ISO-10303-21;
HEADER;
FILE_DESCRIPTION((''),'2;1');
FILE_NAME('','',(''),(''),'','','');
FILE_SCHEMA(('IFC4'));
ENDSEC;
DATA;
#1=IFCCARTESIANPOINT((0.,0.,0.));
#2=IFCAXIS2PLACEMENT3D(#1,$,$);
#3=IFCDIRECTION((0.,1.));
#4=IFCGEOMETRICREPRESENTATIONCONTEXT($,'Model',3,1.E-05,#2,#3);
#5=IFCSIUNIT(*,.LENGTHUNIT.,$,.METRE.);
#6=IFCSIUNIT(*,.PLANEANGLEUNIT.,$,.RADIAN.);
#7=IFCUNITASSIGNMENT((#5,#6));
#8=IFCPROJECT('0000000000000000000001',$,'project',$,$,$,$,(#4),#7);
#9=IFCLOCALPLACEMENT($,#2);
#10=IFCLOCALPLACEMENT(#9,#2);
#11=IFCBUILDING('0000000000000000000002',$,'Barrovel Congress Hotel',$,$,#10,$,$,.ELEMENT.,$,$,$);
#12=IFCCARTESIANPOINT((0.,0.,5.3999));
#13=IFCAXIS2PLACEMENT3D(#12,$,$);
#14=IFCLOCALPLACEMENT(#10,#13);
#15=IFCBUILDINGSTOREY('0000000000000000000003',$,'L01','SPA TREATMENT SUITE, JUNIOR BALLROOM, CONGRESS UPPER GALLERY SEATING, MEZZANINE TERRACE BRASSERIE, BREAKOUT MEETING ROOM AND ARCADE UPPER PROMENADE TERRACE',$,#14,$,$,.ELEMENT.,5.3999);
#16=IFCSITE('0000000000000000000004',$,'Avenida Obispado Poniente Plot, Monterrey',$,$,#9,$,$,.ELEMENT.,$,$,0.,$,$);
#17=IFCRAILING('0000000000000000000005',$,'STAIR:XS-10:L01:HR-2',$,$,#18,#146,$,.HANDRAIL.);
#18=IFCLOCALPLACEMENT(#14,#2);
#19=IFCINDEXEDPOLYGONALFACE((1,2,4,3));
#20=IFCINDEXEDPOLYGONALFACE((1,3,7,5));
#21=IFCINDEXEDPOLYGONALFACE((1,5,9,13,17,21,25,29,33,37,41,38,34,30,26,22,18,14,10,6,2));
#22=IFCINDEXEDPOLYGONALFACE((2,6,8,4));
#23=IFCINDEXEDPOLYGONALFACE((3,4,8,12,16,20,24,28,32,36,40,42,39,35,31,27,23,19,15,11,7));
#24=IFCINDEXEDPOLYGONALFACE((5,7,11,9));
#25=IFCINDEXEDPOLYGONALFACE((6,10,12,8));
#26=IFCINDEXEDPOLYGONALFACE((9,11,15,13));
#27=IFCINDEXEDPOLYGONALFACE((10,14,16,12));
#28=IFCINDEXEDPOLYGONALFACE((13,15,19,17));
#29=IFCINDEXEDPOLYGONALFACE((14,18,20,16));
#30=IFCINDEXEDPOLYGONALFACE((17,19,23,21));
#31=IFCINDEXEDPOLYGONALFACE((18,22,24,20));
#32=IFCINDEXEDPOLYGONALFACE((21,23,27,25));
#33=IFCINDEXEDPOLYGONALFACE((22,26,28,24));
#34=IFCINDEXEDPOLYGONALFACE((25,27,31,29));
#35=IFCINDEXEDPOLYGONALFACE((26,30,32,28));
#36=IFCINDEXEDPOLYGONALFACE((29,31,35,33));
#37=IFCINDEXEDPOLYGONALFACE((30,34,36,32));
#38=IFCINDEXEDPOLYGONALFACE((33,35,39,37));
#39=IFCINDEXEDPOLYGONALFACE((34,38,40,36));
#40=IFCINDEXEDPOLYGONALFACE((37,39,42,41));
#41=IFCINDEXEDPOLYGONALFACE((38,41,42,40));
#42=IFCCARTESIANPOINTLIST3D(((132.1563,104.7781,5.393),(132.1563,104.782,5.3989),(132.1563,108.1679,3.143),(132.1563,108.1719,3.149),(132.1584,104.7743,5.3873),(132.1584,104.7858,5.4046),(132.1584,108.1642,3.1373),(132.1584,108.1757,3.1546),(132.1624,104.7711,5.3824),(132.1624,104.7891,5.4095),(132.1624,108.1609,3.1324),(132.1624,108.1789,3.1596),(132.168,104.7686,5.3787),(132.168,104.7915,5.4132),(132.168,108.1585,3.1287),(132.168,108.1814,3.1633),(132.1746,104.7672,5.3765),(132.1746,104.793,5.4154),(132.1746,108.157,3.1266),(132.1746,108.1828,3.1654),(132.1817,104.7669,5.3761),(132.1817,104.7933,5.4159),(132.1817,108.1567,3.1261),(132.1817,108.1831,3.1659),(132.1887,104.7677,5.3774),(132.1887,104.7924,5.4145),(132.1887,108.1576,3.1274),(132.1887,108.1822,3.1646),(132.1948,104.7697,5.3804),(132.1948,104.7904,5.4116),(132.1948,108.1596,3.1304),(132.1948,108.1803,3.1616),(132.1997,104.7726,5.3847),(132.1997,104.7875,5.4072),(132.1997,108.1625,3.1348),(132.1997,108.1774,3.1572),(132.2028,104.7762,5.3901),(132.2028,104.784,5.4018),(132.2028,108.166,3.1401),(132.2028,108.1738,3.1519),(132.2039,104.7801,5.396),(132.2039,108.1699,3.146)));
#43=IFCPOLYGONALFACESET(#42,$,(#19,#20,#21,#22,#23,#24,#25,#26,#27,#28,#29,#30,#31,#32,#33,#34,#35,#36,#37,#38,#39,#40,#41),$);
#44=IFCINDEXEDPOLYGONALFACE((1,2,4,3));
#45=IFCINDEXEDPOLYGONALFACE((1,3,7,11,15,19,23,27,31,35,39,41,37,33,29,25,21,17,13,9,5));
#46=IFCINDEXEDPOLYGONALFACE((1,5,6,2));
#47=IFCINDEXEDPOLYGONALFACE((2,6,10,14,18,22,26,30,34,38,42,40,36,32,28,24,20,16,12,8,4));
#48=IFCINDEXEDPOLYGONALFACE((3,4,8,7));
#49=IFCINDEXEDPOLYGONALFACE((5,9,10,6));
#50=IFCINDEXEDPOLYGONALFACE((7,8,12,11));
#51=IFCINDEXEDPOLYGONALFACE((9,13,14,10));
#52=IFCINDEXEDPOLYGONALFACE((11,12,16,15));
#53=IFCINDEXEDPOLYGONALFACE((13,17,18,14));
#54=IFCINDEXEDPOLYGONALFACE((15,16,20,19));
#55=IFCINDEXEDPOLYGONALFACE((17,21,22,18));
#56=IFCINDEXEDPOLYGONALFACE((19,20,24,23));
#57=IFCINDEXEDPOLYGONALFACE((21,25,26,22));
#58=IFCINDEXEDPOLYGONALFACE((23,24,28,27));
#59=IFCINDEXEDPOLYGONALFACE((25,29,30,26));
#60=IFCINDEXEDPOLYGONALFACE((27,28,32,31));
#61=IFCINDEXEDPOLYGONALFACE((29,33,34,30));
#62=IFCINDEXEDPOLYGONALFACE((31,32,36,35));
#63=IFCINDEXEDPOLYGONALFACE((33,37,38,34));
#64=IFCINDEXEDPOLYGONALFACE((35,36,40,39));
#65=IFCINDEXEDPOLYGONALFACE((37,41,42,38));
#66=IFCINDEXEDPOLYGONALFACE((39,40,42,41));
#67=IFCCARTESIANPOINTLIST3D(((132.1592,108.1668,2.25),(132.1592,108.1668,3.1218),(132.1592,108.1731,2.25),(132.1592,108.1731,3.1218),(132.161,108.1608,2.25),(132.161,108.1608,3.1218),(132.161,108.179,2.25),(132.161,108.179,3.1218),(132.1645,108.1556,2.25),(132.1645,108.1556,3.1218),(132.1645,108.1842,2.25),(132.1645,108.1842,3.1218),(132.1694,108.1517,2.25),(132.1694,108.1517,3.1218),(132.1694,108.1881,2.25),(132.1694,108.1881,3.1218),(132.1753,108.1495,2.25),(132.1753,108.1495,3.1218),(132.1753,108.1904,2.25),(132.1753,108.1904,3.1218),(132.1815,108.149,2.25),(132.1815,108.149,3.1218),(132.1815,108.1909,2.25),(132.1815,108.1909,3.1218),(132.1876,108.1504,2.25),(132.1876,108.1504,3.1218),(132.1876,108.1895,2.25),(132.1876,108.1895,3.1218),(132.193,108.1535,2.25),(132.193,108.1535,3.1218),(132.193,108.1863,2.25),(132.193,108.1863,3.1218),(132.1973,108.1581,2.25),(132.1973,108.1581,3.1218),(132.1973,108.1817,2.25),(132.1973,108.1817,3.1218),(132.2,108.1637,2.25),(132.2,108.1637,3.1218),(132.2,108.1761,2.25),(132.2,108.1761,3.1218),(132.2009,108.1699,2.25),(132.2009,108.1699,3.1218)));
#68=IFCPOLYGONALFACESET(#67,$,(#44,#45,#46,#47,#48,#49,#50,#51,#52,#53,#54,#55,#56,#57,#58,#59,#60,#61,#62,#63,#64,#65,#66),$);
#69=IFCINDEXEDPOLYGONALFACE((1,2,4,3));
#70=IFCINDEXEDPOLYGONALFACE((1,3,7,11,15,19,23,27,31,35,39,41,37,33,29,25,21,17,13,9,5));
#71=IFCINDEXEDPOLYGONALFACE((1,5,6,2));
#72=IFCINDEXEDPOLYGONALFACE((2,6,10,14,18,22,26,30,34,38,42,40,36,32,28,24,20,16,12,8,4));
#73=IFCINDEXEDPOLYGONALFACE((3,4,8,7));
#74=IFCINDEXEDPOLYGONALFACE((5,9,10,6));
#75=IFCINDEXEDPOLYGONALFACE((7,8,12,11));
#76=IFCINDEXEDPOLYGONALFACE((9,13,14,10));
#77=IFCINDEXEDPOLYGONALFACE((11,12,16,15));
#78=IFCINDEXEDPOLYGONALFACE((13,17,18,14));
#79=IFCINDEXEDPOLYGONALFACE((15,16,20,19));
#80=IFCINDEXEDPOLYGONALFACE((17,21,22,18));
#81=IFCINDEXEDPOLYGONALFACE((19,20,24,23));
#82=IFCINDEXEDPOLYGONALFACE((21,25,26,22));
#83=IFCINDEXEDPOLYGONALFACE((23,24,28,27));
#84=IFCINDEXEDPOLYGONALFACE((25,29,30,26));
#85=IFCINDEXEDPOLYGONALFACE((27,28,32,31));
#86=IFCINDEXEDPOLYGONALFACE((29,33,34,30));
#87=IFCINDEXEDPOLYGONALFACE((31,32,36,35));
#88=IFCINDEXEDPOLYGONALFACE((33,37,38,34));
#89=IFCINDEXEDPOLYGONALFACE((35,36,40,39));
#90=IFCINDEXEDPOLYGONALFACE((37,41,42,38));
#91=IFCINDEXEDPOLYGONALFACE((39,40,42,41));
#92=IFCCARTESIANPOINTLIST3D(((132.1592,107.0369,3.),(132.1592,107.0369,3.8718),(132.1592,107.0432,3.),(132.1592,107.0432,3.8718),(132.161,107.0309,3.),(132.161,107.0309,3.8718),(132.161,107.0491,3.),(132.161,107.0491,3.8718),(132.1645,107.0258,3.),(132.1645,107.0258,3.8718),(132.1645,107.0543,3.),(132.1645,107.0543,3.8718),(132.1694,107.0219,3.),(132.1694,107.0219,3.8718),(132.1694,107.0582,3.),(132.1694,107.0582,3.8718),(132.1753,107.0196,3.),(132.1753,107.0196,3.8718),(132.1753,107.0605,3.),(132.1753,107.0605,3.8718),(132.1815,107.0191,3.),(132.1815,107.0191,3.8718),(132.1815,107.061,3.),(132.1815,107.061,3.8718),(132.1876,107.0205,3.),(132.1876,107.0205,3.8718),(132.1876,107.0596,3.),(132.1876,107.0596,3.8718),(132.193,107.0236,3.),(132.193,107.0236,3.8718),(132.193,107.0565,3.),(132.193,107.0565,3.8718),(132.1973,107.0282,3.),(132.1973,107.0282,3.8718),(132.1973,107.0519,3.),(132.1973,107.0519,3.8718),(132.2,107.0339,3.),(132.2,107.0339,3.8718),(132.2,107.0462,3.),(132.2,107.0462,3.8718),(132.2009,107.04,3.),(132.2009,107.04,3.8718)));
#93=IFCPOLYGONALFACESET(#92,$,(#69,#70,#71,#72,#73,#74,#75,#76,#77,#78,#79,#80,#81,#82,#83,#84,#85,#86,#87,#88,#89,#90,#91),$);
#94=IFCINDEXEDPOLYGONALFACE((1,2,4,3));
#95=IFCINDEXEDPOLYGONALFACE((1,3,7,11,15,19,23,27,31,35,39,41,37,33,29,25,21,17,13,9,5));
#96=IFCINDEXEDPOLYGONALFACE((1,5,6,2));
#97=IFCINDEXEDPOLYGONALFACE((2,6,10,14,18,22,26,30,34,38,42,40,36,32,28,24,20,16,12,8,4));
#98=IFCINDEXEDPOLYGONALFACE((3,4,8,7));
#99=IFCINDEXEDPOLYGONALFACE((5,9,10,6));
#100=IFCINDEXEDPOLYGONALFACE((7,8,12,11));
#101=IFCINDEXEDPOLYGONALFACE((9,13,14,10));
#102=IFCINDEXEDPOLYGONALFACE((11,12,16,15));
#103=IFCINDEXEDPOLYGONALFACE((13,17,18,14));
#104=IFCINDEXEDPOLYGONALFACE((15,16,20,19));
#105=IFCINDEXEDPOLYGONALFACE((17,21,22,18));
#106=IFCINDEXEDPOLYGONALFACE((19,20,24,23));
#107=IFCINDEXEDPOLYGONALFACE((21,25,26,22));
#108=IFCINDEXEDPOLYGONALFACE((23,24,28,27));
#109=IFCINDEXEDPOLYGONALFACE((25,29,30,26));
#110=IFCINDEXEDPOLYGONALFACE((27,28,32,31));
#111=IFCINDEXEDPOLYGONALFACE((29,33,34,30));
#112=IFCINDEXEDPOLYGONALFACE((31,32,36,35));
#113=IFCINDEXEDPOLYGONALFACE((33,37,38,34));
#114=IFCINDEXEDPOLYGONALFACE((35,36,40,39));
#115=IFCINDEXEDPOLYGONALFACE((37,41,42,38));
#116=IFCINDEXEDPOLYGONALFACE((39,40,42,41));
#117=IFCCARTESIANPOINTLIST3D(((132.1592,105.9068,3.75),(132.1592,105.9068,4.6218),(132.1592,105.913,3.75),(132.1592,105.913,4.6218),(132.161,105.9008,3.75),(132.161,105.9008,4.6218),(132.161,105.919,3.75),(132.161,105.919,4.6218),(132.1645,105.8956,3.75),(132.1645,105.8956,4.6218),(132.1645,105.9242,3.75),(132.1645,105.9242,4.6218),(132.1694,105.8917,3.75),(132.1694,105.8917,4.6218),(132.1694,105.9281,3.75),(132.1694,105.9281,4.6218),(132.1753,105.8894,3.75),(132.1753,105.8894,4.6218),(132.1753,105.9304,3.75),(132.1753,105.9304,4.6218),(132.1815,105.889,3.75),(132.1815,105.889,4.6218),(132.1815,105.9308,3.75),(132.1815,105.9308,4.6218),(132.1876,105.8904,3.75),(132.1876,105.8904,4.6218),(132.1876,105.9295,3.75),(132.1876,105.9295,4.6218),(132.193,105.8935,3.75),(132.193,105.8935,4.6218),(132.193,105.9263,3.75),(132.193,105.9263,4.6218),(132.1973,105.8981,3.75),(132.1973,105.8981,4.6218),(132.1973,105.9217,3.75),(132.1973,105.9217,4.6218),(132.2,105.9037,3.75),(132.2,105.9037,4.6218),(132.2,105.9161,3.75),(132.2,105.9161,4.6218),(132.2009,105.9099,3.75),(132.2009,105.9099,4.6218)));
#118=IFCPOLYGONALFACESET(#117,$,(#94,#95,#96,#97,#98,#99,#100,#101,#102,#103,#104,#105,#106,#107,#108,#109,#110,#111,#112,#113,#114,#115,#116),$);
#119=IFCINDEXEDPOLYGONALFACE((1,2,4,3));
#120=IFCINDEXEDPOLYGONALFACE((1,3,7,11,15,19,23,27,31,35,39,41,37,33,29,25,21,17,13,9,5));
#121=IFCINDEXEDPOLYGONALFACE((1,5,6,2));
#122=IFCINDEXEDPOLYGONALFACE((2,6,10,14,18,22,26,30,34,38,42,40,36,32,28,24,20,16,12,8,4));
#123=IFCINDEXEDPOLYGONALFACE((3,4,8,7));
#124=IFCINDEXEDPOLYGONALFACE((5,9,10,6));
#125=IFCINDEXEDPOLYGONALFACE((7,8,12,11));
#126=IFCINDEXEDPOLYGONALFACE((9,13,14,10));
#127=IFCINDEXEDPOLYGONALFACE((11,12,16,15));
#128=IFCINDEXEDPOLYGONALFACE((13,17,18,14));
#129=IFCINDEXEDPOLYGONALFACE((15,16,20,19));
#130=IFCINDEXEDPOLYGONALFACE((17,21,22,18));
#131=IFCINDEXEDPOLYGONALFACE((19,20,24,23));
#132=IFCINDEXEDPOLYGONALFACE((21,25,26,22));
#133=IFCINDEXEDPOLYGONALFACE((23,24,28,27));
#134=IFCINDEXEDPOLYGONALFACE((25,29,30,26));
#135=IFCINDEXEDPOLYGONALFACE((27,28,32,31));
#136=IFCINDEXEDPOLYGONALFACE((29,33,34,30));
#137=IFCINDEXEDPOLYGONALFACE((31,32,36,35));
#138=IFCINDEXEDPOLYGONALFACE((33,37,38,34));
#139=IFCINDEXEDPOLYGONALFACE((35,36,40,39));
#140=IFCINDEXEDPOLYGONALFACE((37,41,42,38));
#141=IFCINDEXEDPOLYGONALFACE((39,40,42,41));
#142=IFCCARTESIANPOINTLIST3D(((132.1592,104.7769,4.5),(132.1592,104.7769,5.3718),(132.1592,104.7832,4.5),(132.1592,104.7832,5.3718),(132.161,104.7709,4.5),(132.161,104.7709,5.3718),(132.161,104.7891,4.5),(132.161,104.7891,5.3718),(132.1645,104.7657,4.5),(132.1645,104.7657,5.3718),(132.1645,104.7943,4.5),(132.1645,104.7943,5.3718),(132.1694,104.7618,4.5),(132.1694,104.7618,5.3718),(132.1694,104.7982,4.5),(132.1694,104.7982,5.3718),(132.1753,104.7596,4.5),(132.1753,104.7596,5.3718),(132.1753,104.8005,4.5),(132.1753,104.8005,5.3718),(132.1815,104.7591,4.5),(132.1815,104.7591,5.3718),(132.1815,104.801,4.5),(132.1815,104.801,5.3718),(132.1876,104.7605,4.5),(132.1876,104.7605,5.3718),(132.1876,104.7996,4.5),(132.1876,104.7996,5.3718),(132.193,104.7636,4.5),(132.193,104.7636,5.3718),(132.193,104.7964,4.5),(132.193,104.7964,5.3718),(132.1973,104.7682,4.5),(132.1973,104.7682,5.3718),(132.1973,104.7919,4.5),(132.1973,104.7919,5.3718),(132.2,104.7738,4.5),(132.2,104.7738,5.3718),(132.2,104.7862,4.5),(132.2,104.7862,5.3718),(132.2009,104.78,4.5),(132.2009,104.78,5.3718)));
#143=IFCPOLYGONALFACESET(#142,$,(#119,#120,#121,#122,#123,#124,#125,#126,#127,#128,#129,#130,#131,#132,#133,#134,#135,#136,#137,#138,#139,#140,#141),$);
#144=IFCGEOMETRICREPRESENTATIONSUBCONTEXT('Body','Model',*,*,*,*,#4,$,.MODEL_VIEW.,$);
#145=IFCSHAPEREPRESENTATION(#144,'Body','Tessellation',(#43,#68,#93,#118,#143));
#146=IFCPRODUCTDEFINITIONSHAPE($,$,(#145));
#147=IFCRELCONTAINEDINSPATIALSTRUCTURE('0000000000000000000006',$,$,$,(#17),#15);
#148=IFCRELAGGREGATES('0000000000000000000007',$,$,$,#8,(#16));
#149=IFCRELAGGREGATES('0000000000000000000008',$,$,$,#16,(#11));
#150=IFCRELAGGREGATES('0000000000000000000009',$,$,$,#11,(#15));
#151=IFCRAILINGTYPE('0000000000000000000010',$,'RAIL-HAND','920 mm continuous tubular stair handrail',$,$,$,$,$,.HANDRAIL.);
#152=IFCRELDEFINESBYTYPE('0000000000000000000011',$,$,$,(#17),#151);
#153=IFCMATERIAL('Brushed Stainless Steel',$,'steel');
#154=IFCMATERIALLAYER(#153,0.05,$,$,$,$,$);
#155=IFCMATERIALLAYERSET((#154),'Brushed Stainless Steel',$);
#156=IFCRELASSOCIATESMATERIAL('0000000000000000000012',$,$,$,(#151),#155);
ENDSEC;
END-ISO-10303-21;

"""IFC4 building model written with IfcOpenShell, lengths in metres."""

from ifc_helpers import new_model, si_unit, direction, frame, origin, origin_2d, place, context, subcontext, project, spatial, circle, extrude, material, layer, layer_set, type_object, element, save


model = new_model("IFC4")

# Units and contexts
model_context = context("Model", 3, precision=1e-05, world=origin(), true_north=direction((0.0, 1.0)))
body_context = subcontext(model_context, "Body", "Model", "MODEL_VIEW")
ifc_project = project(units=[si_unit("LENGTHUNIT", "METRE"), si_unit("PLANEANGLEUNIT", "RADIAN")], contexts=[model_context])

# Site, building, storey
site_placement = place(None, origin())
site = spatial("IfcSite", under=ifc_project, at=site_placement, Name="Avenida Obispado Poniente Plot, Monterrey", CompositionType="ELEMENT", RefElevation=0.0)
building_placement = place(site_placement, origin())
building = spatial("IfcBuilding", under=site, at=building_placement, Name="Barrovel Congress Hotel", CompositionType="ELEMENT")
storey_placement = place(building_placement, frame((0.0, 0.0, 5.3999)))
storey = spatial("IfcBuildingStorey", under=building, at=storey_placement, Name="L01", Description="SPA TREATMENT SUITE, JUNIOR BALLROOM, CONGRESS UPPER GALLERY SEATING, MEZZANINE TERRACE BRASSERIE, BREAKOUT MEETING ROOM AND ARCADE UPPER PROMENADE TERRACE", CompositionType="ELEMENT", Elevation=5.3999)

# Railing
ifc_material_1 = material(Name="Brushed Stainless Steel", Category="steel")
ifc_layer_1 = layer(ifc_material_1, 0.05)
ifc_layer_set_1 = layer_set([ifc_layer_1], Name="Brushed Stainless Steel")
railing_type = type_object("IfcRailingType", Name="RAIL-HAND", Description="920 mm continuous tubular stair handrail", PredefinedType="HANDRAIL", material=ifc_layer_set_1)
railing_placement = place(storey_placement, frame((132.1799, 108.1699, 2.25)))
element("IfcRailing", 1, at=railing_placement, inside=storey, type_object=railing_type, Name="STAIR:XS-10:L01:HR-2", PredefinedType="HANDRAIL", context=body_context, shape_type="SweptSolid", body=[
    extrude(circle(Radius=0.0239, at=origin_2d()), frame((0.0, 0.0, 0.896), z_axis=(0.0, -0.833175, 0.55301), x_axis=(1.0, 0.0, 0.0)), (0.0, 0.0, 1.0), 4.0686),
    extrude(circle(Radius=0.021, at=origin_2d()), origin(), (0.0, 0.0, 1.0), 0.8718),
    extrude(circle(Radius=0.021, at=origin_2d()), frame((0.0, -1.1299, 0.75)), (0.0, 0.0, 1.0), 0.8718),
    extrude(circle(Radius=0.021, at=origin_2d()), frame((0.0, -2.26, 1.5)), (0.0, 0.0, 1.0), 0.8718),
    extrude(circle(Radius=0.021, at=origin_2d()), frame((0.0, -3.3899, 2.25)), (0.0, 0.0, 1.0), 0.8718),
])

save(model, "model.ifc")
